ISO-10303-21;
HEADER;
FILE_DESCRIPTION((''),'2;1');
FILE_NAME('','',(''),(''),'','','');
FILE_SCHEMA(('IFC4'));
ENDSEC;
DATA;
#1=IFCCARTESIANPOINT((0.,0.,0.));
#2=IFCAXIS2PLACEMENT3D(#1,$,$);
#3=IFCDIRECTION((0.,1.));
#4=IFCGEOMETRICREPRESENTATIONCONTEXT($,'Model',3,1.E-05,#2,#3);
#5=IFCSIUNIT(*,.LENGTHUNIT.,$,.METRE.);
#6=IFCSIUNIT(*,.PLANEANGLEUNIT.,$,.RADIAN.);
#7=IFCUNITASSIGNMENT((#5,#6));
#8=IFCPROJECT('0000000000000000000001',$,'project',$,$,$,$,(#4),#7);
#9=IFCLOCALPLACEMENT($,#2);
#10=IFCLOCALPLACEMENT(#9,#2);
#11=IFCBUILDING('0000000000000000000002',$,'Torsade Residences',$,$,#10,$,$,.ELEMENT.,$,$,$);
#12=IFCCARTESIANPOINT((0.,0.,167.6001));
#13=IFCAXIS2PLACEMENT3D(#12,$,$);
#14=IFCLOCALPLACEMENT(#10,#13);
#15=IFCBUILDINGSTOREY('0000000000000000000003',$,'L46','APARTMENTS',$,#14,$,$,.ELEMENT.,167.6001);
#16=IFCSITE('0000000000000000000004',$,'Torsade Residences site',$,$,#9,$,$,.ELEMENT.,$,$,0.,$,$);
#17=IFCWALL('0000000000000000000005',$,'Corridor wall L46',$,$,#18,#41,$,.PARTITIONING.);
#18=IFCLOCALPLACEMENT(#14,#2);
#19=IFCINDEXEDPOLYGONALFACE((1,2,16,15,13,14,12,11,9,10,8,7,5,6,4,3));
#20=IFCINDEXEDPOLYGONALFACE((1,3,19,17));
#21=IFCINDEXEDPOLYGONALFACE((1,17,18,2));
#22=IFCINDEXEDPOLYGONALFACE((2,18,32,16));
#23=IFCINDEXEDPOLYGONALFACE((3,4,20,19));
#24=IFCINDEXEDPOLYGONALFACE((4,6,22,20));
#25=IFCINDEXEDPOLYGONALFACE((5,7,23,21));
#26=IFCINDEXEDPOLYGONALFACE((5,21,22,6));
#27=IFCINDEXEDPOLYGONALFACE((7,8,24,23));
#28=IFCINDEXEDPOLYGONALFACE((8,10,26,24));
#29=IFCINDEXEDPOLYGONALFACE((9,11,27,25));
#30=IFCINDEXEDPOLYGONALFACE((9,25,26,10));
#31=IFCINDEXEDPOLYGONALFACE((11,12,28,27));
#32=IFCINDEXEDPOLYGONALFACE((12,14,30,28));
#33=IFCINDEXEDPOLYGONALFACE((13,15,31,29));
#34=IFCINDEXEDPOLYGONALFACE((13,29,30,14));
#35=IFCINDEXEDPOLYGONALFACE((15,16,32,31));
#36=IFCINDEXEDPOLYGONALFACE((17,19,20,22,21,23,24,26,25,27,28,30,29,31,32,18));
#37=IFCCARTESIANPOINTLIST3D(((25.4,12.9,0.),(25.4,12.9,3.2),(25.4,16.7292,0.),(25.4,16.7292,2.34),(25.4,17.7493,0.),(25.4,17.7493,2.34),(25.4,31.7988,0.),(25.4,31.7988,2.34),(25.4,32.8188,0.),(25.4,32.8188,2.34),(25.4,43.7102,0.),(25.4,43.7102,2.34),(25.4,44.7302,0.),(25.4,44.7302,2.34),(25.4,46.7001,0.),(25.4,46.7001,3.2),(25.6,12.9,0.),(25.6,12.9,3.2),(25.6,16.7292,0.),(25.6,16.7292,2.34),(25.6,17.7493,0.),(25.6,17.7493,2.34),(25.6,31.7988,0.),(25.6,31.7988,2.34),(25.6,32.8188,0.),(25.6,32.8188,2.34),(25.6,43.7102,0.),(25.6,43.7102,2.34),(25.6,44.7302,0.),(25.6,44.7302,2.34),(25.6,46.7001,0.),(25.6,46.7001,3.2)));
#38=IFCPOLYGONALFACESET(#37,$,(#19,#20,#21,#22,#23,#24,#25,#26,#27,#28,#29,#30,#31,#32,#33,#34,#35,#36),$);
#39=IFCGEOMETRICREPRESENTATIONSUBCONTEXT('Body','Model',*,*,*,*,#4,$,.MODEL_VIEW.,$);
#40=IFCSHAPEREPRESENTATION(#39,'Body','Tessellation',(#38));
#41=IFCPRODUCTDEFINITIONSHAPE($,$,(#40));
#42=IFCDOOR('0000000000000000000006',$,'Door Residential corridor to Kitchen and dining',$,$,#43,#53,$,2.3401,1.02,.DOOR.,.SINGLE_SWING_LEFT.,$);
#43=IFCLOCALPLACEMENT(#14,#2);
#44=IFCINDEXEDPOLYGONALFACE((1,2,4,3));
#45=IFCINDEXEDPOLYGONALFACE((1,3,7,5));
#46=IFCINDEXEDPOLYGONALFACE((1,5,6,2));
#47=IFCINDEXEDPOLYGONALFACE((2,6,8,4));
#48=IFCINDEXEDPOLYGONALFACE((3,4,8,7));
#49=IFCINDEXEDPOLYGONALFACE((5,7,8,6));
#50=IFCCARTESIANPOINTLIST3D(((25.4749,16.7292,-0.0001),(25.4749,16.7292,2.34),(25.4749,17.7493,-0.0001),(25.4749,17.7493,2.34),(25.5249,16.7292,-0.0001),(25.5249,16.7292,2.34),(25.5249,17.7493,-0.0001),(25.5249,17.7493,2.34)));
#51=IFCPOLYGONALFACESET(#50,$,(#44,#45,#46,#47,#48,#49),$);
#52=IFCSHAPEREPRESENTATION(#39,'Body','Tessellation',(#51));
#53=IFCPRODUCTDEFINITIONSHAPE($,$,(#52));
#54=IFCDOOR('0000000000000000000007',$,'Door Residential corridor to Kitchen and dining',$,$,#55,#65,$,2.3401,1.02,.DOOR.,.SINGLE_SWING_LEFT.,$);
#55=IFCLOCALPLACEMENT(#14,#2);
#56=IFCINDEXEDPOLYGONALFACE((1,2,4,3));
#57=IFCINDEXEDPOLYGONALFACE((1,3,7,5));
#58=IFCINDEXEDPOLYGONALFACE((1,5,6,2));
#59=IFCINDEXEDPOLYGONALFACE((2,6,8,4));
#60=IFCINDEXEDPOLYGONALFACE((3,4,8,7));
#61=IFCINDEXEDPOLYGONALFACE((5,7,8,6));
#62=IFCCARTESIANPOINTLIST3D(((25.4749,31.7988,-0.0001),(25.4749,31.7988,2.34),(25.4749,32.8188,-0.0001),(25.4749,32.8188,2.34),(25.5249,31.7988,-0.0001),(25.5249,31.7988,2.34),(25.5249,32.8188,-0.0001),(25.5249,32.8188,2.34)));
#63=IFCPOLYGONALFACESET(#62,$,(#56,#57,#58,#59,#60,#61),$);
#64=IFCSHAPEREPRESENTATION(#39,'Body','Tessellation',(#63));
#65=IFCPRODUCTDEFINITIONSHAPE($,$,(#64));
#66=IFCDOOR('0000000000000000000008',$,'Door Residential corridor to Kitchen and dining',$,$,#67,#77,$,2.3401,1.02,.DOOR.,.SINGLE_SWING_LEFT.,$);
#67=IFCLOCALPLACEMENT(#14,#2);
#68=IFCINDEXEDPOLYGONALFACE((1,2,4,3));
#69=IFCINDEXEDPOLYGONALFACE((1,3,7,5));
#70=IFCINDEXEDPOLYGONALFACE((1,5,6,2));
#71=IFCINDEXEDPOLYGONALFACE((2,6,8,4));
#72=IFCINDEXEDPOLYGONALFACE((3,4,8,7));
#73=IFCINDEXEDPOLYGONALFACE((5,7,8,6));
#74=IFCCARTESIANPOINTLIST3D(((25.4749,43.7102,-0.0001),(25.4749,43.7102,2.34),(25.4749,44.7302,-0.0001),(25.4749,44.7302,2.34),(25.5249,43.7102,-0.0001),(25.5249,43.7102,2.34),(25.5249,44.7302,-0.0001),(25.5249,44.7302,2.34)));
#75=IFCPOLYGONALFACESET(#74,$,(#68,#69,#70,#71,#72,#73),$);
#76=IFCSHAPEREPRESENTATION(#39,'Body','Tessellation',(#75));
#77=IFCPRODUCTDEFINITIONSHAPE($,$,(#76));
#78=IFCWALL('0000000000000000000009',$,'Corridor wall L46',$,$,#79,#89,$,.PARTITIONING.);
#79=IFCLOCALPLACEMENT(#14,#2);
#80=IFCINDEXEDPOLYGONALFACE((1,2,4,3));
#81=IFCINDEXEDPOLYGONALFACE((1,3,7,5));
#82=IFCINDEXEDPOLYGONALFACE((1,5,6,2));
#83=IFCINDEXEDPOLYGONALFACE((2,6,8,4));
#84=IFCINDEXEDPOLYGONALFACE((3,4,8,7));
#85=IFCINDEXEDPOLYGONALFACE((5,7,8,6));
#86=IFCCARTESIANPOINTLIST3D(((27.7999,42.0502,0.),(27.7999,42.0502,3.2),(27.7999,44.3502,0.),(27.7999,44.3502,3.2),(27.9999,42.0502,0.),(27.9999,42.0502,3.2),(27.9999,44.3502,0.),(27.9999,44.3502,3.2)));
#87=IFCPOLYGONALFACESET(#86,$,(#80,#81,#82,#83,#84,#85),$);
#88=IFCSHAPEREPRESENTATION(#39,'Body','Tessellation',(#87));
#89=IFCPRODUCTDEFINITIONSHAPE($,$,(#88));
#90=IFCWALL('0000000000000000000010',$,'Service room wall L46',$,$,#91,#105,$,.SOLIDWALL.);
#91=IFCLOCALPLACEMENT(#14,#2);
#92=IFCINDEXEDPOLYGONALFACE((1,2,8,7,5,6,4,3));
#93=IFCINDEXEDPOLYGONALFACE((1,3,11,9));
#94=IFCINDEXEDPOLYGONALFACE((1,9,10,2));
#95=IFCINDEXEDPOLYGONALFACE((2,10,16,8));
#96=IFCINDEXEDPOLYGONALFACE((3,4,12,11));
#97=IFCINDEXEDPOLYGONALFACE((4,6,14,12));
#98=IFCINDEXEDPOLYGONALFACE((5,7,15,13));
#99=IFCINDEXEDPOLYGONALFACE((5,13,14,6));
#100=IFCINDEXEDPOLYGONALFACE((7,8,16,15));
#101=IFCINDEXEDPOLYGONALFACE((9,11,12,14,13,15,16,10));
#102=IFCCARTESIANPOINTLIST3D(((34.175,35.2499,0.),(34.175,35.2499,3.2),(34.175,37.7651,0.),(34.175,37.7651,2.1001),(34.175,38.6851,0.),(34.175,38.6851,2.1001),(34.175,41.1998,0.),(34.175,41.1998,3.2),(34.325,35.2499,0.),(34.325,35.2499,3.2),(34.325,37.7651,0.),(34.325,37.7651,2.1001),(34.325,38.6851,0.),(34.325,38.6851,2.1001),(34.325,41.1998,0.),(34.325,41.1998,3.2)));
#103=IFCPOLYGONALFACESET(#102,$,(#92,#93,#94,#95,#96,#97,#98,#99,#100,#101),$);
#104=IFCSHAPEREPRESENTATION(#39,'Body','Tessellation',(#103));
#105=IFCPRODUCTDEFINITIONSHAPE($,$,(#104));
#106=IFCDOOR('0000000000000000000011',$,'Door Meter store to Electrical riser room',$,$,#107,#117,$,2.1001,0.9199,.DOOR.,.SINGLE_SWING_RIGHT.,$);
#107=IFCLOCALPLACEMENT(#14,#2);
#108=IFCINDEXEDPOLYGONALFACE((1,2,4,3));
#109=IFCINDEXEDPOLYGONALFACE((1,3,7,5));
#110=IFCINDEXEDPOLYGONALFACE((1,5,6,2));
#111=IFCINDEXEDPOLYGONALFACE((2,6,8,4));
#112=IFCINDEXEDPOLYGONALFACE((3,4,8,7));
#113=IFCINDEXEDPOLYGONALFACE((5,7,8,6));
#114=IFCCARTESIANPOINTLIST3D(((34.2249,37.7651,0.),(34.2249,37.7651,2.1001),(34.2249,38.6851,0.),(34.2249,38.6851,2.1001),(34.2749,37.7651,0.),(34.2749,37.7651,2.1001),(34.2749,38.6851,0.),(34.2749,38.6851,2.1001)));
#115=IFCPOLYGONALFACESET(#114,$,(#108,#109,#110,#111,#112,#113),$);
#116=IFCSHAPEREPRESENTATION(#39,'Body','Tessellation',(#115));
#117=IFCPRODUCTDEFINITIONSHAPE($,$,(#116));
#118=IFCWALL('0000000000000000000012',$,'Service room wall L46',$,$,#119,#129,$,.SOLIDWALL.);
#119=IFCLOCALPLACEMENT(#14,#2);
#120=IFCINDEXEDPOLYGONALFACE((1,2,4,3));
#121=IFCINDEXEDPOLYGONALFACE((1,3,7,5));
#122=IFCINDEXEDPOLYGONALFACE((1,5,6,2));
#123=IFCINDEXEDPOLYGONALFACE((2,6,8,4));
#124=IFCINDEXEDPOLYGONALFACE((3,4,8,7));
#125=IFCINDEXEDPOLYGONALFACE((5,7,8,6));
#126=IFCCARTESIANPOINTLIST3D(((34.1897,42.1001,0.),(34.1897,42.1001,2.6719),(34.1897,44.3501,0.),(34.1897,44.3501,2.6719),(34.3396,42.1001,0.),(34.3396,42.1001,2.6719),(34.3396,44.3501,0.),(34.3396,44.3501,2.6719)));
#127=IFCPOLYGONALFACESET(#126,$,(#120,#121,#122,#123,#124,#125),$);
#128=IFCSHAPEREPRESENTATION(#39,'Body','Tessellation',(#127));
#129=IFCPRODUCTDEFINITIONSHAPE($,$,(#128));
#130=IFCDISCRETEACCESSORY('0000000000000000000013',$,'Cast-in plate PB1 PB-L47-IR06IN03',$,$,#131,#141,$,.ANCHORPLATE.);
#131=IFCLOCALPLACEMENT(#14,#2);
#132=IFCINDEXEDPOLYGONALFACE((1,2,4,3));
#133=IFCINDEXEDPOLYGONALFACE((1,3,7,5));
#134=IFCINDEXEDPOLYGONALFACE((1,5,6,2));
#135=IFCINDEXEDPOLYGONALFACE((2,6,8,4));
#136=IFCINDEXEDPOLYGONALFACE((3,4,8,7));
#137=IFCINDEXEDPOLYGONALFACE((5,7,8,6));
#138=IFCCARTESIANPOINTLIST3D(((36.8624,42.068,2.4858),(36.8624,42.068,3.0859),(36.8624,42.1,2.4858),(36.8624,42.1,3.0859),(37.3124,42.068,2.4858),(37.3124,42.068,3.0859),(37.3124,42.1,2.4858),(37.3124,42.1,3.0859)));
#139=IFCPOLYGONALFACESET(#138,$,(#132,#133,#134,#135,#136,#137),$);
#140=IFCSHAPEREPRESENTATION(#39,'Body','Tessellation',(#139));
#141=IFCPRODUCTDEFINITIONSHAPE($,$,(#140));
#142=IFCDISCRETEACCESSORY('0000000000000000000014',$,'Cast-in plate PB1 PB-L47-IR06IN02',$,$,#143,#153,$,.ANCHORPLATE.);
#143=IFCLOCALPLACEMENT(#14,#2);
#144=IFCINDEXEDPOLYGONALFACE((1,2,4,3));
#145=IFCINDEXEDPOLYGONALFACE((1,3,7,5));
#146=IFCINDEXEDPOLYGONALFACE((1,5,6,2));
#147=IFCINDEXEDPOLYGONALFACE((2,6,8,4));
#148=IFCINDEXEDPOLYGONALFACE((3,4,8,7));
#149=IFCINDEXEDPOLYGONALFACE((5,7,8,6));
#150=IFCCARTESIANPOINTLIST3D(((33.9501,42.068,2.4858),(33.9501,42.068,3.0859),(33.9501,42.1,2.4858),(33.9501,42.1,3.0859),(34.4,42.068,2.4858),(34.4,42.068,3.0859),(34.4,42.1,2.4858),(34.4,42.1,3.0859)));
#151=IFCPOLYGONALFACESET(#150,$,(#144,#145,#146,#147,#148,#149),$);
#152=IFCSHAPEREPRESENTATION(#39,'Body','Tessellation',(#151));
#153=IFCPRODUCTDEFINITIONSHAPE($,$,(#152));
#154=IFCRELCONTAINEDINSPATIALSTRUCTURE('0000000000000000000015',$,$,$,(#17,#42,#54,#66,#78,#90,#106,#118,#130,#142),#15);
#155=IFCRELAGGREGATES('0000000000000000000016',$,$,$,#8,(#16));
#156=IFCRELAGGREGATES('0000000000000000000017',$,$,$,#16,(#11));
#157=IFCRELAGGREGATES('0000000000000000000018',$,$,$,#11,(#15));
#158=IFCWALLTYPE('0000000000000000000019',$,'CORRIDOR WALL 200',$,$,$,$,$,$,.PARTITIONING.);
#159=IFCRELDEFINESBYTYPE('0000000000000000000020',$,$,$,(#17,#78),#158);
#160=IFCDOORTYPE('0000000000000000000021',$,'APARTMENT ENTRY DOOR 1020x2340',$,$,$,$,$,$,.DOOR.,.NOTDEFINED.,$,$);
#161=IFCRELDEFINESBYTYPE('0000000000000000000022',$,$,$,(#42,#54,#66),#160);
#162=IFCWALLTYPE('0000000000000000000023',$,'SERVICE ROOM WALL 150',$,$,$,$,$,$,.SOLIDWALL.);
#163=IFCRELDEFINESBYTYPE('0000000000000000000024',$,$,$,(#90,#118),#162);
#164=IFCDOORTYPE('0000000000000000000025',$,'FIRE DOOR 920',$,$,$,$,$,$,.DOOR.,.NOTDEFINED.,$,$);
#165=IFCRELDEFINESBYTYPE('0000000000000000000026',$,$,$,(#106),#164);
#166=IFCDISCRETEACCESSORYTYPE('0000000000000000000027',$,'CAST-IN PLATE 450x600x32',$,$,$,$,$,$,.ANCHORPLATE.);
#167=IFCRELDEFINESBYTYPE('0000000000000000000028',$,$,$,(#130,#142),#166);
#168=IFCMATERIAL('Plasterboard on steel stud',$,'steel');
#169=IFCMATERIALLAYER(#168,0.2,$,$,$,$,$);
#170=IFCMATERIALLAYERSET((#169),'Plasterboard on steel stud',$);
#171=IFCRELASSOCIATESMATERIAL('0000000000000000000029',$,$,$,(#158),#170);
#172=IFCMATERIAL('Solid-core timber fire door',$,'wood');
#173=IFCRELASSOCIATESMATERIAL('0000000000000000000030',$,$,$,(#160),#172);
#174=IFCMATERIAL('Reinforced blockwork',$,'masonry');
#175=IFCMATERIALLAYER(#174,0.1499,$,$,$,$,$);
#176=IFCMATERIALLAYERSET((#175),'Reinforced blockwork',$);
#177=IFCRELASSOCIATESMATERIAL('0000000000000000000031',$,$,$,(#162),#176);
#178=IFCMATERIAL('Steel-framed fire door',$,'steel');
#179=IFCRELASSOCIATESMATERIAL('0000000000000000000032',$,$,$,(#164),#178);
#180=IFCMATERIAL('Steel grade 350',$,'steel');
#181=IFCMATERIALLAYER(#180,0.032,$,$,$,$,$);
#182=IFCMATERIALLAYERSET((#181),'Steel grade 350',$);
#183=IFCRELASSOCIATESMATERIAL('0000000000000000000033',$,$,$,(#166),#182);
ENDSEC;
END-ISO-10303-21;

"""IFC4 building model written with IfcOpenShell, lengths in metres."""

from ifc_helpers import new_model, si_unit, direction, frame, frame_2d, origin, origin_2d, place, context, subcontext, project, spatial, rectangle, extrude, material, layer, layer_set, type_object, element, fill, save


model = new_model("IFC4")

# Units and contexts
model_context = context("Model", 3, precision=1e-05, world=origin(), true_north=direction((0.0, 1.0)))
body_context = subcontext(model_context, "Body", "Model", "MODEL_VIEW")
ifc_project = project(units=[si_unit("LENGTHUNIT", "METRE"), si_unit("PLANEANGLEUNIT", "RADIAN")], contexts=[model_context])

# Site, building, storey
site_placement = place(None, origin())
site = spatial("IfcSite", under=ifc_project, at=site_placement, Name="Torsade Residences site", CompositionType="ELEMENT", RefElevation=0.0)
building_placement = place(site_placement, origin())
building = spatial("IfcBuilding", under=site, at=building_placement, Name="Torsade Residences", CompositionType="ELEMENT")
storey_placement = place(building_placement, frame((0.0, 0.0, 167.6001)))
storey = spatial("IfcBuildingStorey", under=building, at=storey_placement, Name="L46", Description="APARTMENTS", CompositionType="ELEMENT", Elevation=167.6001)

# Shared definitions
ifc_material_1 = material(Name="Plasterboard on steel stud", Category="steel")
ifc_layer_1 = layer(ifc_material_1, 0.2)
ifc_layer_set_1 = layer_set([ifc_layer_1], Name="Plasterboard on steel stud")
wall_type_1 = type_object("IfcWallType", Name="CORRIDOR WALL 200", PredefinedType="PARTITIONING", material=ifc_layer_set_1)

# Wall, openings, doors
wall_1_placement = place(storey_placement, frame((25.5, 46.7, 0.0), z_axis=(0.0, 0.0, 1.0), x_axis=(0.0, -1.0, 0.0)))
wall_1 = element("IfcWall", 1, at=wall_1_placement, inside=storey, type_object=wall_type_1, Name="Corridor wall L46", PredefinedType="PARTITIONING", context=body_context, shape_type="SweptSolid", body=[
    extrude(rectangle(XDim=33.8, YDim=0.2, at=frame_2d((16.8999, 0.0))), origin(), (0.0, 0.0, 1.0), 3.2),
])
opening_1_placement = place(wall_1_placement, frame((28.9507, 0.0, 0.0)))
opening_1 = element("IfcOpeningElement", 2, at=opening_1_placement, cuts=wall_1, PredefinedType="OPENING", context=body_context, shape_type="SweptSolid", body=[
    extrude(rectangle(XDim=1.02, YDim=2.3401, at=frame_2d((0.51, 1.1699))), frame((0.0, 0.1099, 0.0), z_axis=(0.0, -1.0, 0.0), x_axis=(1.0, 0.0, 0.0)), (0.0, 0.0, 1.0), 0.22),
])
opening_2_placement = place(wall_1_placement, frame((13.8811, 0.0, 0.0)))
opening_2 = element("IfcOpeningElement", 3, at=opening_2_placement, cuts=wall_1, PredefinedType="OPENING", context=body_context, shape_type="SweptSolid", body=[
    extrude(rectangle(XDim=1.02, YDim=2.3401, at=frame_2d((0.51, 1.1699))), frame((0.0, 0.1099, 0.0), z_axis=(0.0, -1.0, 0.0), x_axis=(1.0, 0.0, 0.0)), (0.0, 0.0, 1.0), 0.22),
])
opening_3_placement = place(wall_1_placement, frame((1.9697, 0.0, 0.0)))
opening_3 = element("IfcOpeningElement", 4, at=opening_3_placement, cuts=wall_1, PredefinedType="OPENING", context=body_context, shape_type="SweptSolid", body=[
    extrude(rectangle(XDim=1.02, YDim=2.3401, at=frame_2d((0.51, 1.1699))), frame((0.0, 0.1099, 0.0), z_axis=(0.0, -1.0, 0.0), x_axis=(1.0, 0.0, 0.0)), (0.0, 0.0, 1.0), 0.22),
])
ifc_material_2 = material(Name="Solid-core timber fire door", Category="wood")
door_type_1 = type_object("IfcDoorType", Name="APARTMENT ENTRY DOOR 1020x2340", OperationType="NOTDEFINED", PredefinedType="DOOR", material=ifc_material_2)
door_1_placement = place(opening_1_placement, origin())
door_1 = element("IfcDoor", 5, at=door_1_placement, inside=storey, type_object=door_type_1, Name="Door Residential corridor to Kitchen and dining", OperationType="SINGLE_SWING_LEFT", OverallHeight=2.3401, OverallWidth=1.02, PredefinedType="DOOR", context=body_context, shape_type="SweptSolid", body=[
    extrude(rectangle(XDim=1.02, YDim=2.3401, at=frame_2d((0.51, 1.1699))), frame((0.0, 0.0249, 0.0), z_axis=(0.0, -1.0, 0.0), x_axis=(1.0, 0.0, 0.0)), (0.0, 0.0, 1.0), 0.05),
])
fill(opening_1, door_1)
door_2_placement = place(opening_2_placement, origin())
door_2 = element("IfcDoor", 6, at=door_2_placement, inside=storey, type_object=door_type_1, Name="Door Residential corridor to Kitchen and dining", OperationType="SINGLE_SWING_LEFT", OverallHeight=2.3401, OverallWidth=1.02, PredefinedType="DOOR", context=body_context, shape_type="SweptSolid", body=[
    extrude(rectangle(XDim=1.02, YDim=2.3401, at=frame_2d((0.51, 1.1699))), frame((0.0, 0.0249, 0.0), z_axis=(0.0, -1.0, 0.0), x_axis=(1.0, 0.0, 0.0)), (0.0, 0.0, 1.0), 0.05),
])
fill(opening_2, door_2)
door_3_placement = place(opening_3_placement, origin())
door_3 = element("IfcDoor", 7, at=door_3_placement, inside=storey, type_object=door_type_1, Name="Door Residential corridor to Kitchen and dining", OperationType="SINGLE_SWING_LEFT", OverallHeight=2.3401, OverallWidth=1.02, PredefinedType="DOOR", context=body_context, shape_type="SweptSolid", body=[
    extrude(rectangle(XDim=1.02, YDim=2.3401, at=frame_2d((0.51, 1.1699))), frame((0.0, 0.0249, 0.0), z_axis=(0.0, -1.0, 0.0), x_axis=(1.0, 0.0, 0.0)), (0.0, 0.0, 1.0), 0.05),
])
fill(opening_3, door_3)

# Wall
wall_2_placement = place(storey_placement, frame((27.8999, 44.3501, 0.0), z_axis=(0.0, 0.0, 1.0), x_axis=(0.0, -1.0, 0.0)))
element("IfcWall", 8, at=wall_2_placement, inside=storey, type_object=wall_type_1, Name="Corridor wall L46", PredefinedType="PARTITIONING", context=body_context, shape_type="SweptSolid", body=[
    extrude(rectangle(XDim=2.3, YDim=0.2, at=frame_2d((1.1499, 0.0))), origin(), (0.0, 0.0, 1.0), 3.2),
])

# Wall, opening, door
ifc_material_3 = material(Name="Reinforced blockwork", Category="masonry")
ifc_layer_2 = layer(ifc_material_3, 0.1499)
ifc_layer_set_2 = layer_set([ifc_layer_2], Name="Reinforced blockwork")
wall_type_2 = type_object("IfcWallType", Name="SERVICE ROOM WALL 150", PredefinedType="SOLIDWALL", material=ifc_layer_set_2)
wall_3_placement = place(storey_placement, frame((34.25, 41.2, 0.0), z_axis=(0.0, 0.0, 1.0), x_axis=(0.0, -1.0, 0.0)))
wall_3 = element("IfcWall", 9, at=wall_3_placement, inside=storey, type_object=wall_type_2, Name="Service room wall L46", PredefinedType="SOLIDWALL", context=body_context, shape_type="SweptSolid", body=[
    extrude(rectangle(XDim=5.95, YDim=0.1499, at=frame_2d((2.9751, 0.0))), origin(), (0.0, 0.0, 1.0), 3.2),
])
opening_4_placement = place(wall_3_placement, frame((2.5149, 0.0, 0.0)))
opening_4 = element("IfcOpeningElement", 10, at=opening_4_placement, cuts=wall_3, PredefinedType="OPENING", context=body_context, shape_type="SweptSolid", body=[
    extrude(rectangle(XDim=0.9199, YDim=2.1001, at=frame_2d((0.46, 1.05))), frame((0.0, 0.085, 0.0), z_axis=(0.0, -1.0, 0.0), x_axis=(1.0, 0.0, 0.0)), (0.0, 0.0, 1.0), 0.1699),
])
ifc_material_4 = material(Name="Steel-framed fire door", Category="steel")
door_type_2 = type_object("IfcDoorType", Name="FIRE DOOR 920", OperationType="NOTDEFINED", PredefinedType="DOOR", material=ifc_material_4)
door_4_placement = place(opening_4_placement, origin())
door_4 = element("IfcDoor", 11, at=door_4_placement, inside=storey, type_object=door_type_2, Name="Door Meter store to Electrical riser room", OperationType="SINGLE_SWING_RIGHT", OverallHeight=2.1001, OverallWidth=0.9199, PredefinedType="DOOR", context=body_context, shape_type="SweptSolid", body=[
    extrude(rectangle(XDim=0.9199, YDim=2.1001, at=frame_2d((0.46, 1.05))), frame((0.0, 0.0249, 0.0), z_axis=(0.0, -1.0, 0.0), x_axis=(1.0, 0.0, 0.0)), (0.0, 0.0, 1.0), 0.05),
])
fill(opening_4, door_4)

# Wall
wall_4_placement = place(storey_placement, frame((34.2646, 42.1001, 0.0), z_axis=(0.0, 0.0, 1.0), x_axis=(0.0, 1.0, 0.0)))
element("IfcWall", 12, at=wall_4_placement, inside=storey, type_object=wall_type_2, Name="Service room wall L46", PredefinedType="SOLIDWALL", context=body_context, shape_type="SweptSolid", body=[
    extrude(rectangle(XDim=2.25, YDim=0.1499, at=frame_2d((1.125, 0.0))), origin(), (0.0, 0.0, 1.0), 2.6719),
])

# Discrete accessories
ifc_material_5 = material(Name="Steel grade 350", Category="steel")
ifc_layer_3 = layer(ifc_material_5, 0.032)
ifc_layer_set_3 = layer_set([ifc_layer_3], Name="Steel grade 350")
discrete_accessory_type = type_object("IfcDiscreteAccessoryType", Name="CAST-IN PLATE 450x600x32", PredefinedType="ANCHORPLATE", material=ifc_layer_set_3)
for number, where, z_axis, x_axis, name in (
    (13, (37.0874, 42.084, 2.4858), (0.0, 0.0, 1.0), (1.0, 0.0, 0.0), "Cast-in plate PB1 PB-L47-IR06IN03"),
    (14, (34.175, 42.084, 2.4858), (0.0, 0.0, 1.0), (1.0, 0.0, 0.0), "Cast-in plate PB1 PB-L47-IR06IN02"),
):
    element("IfcDiscreteAccessory", number, at=place(storey_placement, frame(where, z_axis=z_axis, x_axis=x_axis)), inside=storey, type_object=discrete_accessory_type, Name=name, PredefinedType="ANCHORPLATE", context=body_context, shape_type="SweptSolid", body=[
        extrude(rectangle(XDim=0.45, YDim=0.032, at=origin_2d()), origin(), (0.0, 0.0, 1.0), 0.6001),
    ])

save(model, "model.ifc")
